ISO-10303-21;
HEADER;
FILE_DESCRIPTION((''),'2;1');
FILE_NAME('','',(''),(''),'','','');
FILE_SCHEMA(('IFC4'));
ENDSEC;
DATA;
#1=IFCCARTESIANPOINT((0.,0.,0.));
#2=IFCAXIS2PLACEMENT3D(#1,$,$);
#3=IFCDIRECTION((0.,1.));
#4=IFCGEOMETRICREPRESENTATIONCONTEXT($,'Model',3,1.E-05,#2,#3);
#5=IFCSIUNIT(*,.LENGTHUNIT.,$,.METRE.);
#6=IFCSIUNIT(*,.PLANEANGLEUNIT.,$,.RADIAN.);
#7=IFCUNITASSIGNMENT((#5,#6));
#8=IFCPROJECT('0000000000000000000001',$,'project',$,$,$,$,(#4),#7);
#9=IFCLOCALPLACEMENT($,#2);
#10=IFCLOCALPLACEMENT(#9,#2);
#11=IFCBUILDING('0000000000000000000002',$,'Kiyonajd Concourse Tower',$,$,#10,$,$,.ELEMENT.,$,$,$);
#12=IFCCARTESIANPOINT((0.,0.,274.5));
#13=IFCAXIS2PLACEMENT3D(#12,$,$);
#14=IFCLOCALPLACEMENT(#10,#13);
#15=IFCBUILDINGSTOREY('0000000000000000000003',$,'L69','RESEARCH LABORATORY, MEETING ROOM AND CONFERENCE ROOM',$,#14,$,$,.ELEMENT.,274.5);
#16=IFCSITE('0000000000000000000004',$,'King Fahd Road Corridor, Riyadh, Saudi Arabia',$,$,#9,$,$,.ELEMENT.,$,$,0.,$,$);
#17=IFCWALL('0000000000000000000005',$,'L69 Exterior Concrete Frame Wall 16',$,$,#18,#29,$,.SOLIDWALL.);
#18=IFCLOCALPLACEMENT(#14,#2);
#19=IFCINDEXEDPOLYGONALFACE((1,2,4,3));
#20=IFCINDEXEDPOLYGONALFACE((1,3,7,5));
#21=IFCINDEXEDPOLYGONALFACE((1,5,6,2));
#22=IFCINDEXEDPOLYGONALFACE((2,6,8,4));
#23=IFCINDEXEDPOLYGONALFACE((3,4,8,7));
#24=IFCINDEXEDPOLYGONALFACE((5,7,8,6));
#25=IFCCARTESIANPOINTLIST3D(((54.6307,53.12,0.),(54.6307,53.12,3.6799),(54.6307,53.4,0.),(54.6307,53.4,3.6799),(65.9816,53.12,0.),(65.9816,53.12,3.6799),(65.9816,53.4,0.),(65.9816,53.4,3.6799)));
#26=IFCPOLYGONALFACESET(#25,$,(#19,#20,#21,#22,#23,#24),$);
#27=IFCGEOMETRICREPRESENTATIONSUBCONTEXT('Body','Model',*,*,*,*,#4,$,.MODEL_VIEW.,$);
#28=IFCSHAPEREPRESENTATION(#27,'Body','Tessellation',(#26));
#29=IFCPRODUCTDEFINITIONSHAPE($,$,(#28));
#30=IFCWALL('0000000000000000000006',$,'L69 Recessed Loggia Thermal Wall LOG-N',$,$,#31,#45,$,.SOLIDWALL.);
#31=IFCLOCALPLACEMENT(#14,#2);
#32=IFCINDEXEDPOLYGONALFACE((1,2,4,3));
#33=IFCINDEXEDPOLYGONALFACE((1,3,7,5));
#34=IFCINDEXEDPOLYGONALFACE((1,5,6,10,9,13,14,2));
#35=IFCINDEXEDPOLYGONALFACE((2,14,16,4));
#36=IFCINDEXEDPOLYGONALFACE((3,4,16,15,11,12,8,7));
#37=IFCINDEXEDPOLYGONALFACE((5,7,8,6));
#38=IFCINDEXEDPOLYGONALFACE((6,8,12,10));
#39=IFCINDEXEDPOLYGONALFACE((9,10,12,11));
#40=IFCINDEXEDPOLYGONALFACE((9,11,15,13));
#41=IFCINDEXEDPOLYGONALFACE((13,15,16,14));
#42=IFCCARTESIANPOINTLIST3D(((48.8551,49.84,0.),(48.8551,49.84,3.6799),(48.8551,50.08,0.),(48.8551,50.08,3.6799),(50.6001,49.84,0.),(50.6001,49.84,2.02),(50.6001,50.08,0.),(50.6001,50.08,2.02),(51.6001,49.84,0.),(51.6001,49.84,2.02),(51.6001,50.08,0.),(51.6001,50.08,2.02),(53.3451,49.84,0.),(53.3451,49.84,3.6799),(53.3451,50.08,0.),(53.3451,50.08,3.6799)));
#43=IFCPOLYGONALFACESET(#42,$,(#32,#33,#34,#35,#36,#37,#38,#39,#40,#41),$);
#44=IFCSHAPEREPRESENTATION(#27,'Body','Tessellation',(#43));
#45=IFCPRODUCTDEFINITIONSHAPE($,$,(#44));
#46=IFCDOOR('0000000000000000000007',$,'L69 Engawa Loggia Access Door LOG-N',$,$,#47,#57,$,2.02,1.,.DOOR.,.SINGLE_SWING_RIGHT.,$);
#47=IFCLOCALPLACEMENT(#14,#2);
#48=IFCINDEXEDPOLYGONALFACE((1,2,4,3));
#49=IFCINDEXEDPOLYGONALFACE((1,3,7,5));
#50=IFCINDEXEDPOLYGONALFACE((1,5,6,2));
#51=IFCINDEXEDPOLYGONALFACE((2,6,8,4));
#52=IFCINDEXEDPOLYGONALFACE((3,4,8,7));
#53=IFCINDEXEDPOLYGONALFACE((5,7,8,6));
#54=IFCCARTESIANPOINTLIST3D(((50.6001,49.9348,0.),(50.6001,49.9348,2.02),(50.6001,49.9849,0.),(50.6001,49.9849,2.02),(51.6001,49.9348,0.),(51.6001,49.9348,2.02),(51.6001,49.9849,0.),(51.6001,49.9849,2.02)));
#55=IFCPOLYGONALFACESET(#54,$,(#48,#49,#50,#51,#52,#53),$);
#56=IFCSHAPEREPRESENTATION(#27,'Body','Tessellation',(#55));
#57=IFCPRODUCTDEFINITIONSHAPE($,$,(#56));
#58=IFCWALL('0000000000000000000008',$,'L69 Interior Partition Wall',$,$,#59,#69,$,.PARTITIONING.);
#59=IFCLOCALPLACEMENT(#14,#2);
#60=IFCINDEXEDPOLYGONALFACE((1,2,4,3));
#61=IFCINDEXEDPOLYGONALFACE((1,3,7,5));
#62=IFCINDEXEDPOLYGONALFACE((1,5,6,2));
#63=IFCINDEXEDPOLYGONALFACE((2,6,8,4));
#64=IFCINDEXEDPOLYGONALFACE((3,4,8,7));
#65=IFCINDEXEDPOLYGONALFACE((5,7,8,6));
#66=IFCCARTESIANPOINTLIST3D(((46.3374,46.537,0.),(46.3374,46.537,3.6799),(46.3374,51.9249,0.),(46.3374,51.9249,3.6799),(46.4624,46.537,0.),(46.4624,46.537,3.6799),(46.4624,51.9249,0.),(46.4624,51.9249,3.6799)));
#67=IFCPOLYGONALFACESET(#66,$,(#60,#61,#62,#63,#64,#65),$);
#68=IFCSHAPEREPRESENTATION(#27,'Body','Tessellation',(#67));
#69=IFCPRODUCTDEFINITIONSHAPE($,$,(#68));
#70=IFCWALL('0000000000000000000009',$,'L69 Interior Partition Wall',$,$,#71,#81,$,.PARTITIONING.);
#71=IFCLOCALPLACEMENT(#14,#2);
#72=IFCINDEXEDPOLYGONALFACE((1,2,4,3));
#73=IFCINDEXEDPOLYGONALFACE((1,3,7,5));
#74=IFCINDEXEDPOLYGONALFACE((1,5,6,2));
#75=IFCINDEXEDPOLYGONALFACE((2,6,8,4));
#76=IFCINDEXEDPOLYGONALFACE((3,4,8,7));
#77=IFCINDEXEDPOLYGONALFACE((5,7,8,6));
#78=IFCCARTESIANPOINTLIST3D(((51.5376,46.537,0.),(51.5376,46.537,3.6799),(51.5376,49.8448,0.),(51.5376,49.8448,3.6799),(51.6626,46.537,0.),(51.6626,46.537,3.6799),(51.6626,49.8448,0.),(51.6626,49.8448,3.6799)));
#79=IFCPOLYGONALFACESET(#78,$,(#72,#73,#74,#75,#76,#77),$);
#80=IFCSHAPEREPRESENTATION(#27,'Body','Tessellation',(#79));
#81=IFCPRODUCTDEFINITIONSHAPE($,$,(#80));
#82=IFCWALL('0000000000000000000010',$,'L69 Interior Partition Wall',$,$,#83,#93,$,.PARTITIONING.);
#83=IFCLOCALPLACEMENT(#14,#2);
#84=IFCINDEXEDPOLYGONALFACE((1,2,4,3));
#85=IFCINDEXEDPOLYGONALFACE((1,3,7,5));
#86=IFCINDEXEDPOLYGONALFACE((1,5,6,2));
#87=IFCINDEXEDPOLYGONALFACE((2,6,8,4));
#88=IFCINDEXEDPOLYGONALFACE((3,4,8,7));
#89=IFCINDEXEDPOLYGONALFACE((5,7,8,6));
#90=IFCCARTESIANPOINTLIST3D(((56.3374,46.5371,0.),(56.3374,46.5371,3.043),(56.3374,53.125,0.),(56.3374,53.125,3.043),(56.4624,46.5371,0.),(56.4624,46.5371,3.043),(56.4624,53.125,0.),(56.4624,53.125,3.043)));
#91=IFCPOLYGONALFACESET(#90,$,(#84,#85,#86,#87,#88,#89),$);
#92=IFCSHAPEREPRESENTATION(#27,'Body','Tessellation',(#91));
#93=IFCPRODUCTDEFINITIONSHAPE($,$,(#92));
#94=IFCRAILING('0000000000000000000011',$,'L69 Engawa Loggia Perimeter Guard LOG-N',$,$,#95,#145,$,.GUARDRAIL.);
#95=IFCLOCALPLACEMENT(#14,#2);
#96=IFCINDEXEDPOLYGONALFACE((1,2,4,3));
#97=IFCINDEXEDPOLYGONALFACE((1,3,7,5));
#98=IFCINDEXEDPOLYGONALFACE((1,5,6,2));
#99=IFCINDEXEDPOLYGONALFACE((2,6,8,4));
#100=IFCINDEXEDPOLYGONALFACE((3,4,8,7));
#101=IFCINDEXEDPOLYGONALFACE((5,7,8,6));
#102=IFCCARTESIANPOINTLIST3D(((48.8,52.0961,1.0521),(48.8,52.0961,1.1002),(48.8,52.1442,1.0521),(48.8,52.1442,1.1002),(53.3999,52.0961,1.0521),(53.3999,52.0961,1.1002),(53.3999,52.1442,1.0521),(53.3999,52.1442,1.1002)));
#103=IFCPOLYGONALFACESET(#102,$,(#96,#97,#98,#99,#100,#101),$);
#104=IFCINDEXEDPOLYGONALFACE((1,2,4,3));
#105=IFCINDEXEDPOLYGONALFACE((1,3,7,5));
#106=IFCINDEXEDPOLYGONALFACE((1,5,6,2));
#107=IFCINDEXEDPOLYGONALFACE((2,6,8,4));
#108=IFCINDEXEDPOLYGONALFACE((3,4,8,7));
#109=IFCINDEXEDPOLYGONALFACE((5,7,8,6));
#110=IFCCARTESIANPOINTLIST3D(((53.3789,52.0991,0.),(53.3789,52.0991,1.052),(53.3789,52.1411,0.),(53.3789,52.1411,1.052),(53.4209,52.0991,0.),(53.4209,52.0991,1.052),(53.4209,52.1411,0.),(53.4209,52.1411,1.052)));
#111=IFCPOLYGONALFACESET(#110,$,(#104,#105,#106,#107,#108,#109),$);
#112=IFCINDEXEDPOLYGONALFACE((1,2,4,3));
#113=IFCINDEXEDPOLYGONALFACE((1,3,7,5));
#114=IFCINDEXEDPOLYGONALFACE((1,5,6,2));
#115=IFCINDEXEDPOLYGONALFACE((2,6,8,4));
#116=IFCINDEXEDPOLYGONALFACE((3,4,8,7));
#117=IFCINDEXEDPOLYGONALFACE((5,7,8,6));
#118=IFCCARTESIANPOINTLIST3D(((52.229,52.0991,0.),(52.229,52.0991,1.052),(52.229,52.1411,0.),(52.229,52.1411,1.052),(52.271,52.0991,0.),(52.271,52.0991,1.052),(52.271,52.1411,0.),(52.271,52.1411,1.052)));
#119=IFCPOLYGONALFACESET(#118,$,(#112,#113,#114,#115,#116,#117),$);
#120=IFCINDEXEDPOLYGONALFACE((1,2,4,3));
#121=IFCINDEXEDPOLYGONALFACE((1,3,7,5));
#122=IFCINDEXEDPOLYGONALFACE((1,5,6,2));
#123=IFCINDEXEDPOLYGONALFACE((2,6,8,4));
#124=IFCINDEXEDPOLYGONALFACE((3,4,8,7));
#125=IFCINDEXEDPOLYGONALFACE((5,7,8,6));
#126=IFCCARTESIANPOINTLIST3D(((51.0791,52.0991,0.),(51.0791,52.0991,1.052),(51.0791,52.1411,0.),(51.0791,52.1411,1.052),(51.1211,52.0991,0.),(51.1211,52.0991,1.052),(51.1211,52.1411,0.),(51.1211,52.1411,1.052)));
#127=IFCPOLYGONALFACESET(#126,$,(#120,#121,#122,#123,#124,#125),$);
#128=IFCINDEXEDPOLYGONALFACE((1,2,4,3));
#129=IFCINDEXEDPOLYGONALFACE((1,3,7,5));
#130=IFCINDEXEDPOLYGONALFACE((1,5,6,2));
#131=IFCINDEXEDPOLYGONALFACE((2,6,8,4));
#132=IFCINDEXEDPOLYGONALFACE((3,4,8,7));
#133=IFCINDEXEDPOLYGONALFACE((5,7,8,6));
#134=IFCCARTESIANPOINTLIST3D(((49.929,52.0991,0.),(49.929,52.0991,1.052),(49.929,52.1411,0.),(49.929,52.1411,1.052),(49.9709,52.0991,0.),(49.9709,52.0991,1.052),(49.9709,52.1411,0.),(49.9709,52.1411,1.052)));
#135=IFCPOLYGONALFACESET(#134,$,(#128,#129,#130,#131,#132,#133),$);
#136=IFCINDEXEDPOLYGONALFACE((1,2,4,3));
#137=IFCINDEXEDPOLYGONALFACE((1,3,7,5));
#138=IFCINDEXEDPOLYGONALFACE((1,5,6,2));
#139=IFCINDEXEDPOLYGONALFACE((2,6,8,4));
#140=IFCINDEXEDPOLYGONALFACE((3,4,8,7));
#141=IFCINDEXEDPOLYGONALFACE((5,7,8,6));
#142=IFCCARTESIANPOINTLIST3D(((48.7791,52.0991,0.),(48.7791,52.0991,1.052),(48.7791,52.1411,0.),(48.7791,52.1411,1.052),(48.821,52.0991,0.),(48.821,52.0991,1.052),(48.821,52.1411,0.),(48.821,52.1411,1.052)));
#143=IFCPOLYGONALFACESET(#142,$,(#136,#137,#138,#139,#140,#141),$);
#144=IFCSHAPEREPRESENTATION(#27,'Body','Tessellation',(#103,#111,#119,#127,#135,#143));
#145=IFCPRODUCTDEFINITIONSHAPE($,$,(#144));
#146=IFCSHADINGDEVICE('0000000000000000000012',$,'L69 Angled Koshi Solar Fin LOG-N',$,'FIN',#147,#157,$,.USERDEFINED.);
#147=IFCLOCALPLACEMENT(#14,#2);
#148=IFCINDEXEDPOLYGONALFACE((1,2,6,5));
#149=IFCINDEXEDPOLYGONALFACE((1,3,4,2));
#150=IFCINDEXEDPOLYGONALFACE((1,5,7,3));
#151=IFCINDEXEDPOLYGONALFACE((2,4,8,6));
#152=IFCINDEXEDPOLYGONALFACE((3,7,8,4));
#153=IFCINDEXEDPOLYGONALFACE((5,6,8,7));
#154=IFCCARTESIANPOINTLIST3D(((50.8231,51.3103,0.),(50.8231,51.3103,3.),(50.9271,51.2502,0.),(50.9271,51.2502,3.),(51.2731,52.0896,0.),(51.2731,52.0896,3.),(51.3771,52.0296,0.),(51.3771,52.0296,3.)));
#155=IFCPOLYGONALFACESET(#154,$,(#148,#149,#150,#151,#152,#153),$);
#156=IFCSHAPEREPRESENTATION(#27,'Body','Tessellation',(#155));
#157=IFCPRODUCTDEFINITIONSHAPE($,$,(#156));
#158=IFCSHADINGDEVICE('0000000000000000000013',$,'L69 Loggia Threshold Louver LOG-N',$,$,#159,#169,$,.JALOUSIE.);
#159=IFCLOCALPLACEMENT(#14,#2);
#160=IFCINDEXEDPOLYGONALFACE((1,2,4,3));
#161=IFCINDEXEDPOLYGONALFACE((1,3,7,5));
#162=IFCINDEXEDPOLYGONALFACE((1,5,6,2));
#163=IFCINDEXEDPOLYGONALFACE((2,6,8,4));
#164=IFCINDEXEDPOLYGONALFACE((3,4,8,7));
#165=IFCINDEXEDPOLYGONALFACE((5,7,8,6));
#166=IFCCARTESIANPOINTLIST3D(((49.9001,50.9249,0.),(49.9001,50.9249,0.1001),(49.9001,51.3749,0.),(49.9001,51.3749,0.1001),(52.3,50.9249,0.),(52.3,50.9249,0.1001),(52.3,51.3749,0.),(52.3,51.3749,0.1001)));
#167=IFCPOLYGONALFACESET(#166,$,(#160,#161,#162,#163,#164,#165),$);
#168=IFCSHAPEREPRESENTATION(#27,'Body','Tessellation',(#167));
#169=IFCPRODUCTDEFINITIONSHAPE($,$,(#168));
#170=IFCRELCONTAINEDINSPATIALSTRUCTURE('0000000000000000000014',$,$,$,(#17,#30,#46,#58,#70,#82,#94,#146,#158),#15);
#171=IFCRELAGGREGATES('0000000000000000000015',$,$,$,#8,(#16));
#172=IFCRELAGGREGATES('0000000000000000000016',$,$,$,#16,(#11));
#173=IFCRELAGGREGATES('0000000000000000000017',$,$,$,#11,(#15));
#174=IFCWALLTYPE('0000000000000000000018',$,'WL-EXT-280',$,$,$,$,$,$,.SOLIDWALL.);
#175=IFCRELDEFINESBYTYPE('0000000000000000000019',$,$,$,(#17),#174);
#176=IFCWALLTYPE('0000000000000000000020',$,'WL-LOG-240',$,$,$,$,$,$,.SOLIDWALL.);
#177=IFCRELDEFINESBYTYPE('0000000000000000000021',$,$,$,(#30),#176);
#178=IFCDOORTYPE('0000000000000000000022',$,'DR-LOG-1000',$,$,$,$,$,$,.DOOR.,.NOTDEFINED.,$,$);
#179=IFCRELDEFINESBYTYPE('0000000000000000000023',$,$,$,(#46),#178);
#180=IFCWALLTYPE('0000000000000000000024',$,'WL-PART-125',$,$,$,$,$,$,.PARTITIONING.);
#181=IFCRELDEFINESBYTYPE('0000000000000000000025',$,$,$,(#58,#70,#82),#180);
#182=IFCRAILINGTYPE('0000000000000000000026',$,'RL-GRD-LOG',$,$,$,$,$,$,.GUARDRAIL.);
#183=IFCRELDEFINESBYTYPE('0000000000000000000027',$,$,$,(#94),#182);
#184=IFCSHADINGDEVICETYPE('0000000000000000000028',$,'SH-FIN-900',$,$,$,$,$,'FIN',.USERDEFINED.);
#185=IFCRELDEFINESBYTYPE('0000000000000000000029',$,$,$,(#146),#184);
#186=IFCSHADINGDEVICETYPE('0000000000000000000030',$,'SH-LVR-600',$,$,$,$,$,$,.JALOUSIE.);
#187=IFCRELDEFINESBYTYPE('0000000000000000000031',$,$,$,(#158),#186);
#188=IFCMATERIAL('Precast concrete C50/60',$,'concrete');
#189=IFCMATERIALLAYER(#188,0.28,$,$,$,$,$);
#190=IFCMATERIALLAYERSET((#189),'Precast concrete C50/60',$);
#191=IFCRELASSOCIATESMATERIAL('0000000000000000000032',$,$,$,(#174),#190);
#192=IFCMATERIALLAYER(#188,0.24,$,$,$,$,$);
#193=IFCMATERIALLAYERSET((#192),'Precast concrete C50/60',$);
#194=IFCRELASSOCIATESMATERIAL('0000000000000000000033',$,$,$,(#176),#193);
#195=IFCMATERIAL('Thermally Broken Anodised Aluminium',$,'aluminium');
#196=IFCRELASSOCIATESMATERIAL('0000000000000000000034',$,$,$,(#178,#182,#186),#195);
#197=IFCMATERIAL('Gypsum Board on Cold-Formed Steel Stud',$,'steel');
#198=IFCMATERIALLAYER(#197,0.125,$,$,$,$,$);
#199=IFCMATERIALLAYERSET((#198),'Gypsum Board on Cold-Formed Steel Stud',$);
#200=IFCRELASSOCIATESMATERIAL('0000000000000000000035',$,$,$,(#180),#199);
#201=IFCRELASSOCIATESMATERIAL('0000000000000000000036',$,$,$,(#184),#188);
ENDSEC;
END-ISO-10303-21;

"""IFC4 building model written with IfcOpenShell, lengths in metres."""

from ifc_helpers import new_model, si_unit, direction, frame, frame_2d, origin, origin_2d, place, context, subcontext, project, spatial, rectangle, extrude, material, layer, layer_set, type_object, element, fill, save


model = new_model("IFC4")

# Units and contexts
model_context = context("Model", 3, precision=1e-05, world=origin(), true_north=direction((0.0, 1.0)))
body_context = subcontext(model_context, "Body", "Model", "MODEL_VIEW")
ifc_project = project(units=[si_unit("LENGTHUNIT", "METRE"), si_unit("PLANEANGLEUNIT", "RADIAN")], contexts=[model_context])

# Site, building, storey
site_placement = place(None, origin())
site = spatial("IfcSite", under=ifc_project, at=site_placement, Name="King Fahd Road Corridor, Riyadh, Saudi Arabia", CompositionType="ELEMENT", RefElevation=0.0)
building_placement = place(site_placement, origin())
building = spatial("IfcBuilding", under=site, at=building_placement, Name="Kiyonajd Concourse Tower", CompositionType="ELEMENT")
storey_placement = place(building_placement, frame((0.0, 0.0, 274.5)))
storey = spatial("IfcBuildingStorey", under=building, at=storey_placement, Name="L69", Description="RESEARCH LABORATORY, MEETING ROOM AND CONFERENCE ROOM", CompositionType="ELEMENT", Elevation=274.5)

# Shared definitions
ifc_material_1 = material(Name="Thermally Broken Anodised Aluminium", Category="aluminium")

# Wall
ifc_material_2 = material(Name="Precast concrete C50/60", Category="concrete")
ifc_layer_1 = layer(ifc_material_2, 0.28)
ifc_layer_set_1 = layer_set([ifc_layer_1], Name="Precast concrete C50/60")
wall_type_1 = type_object("IfcWallType", Name="WL-EXT-280", PredefinedType="SOLIDWALL", material=ifc_layer_set_1)
wall_1_placement = place(storey_placement, frame((54.6309, 53.26, 0.0), z_axis=(0.0, 0.0, 1.0), x_axis=(1.0, 0.0, 0.0)))
element("IfcWall", 1, at=wall_1_placement, inside=storey, type_object=wall_type_1, Name="L69 Exterior Concrete Frame Wall 16", PredefinedType="SOLIDWALL", context=body_context, shape_type="SweptSolid", body=[
    extrude(rectangle(XDim=11.3508, YDim=0.28, at=frame_2d((5.6753, 0.0))), origin(), (0.0, 0.0, 1.0), 3.6799),
])

# Wall, opening, door
ifc_layer_2 = layer(ifc_material_2, 0.24)
ifc_layer_set_2 = layer_set([ifc_layer_2], Name="Precast concrete C50/60")
wall_type_2 = type_object("IfcWallType", Name="WL-LOG-240", PredefinedType="SOLIDWALL", material=ifc_layer_set_2)
wall_2_placement = place(storey_placement, frame((48.855, 49.96, 0.0), z_axis=(0.0, 0.0, 1.0), x_axis=(1.0, 0.0, 0.0)))
wall_2 = element("IfcWall", 2, at=wall_2_placement, inside=storey, type_object=wall_type_2, Name="L69 Recessed Loggia Thermal Wall LOG-N", PredefinedType="SOLIDWALL", context=body_context, shape_type="SweptSolid", body=[
    extrude(rectangle(XDim=4.49, YDim=0.24, at=frame_2d((2.2451, 0.0))), origin(), (0.0, 0.0, 1.0), 3.6799),
])
opening_placement = place(wall_2_placement, frame((1.7451, 0.0, 0.0)))
opening = element("IfcOpeningElement", 3, at=opening_placement, cuts=wall_2, PredefinedType="OPENING", context=body_context, shape_type="SweptSolid", body=[
    extrude(rectangle(XDim=1.0, YDim=2.02, at=frame_2d((0.5, 1.01))), frame((0.0, 0.1299, 0.0), z_axis=(0.0, -1.0, 0.0), x_axis=(1.0, 0.0, 0.0)), (0.0, 0.0, 1.0), 0.26),
])
door_type = type_object("IfcDoorType", Name="DR-LOG-1000", OperationType="NOTDEFINED", PredefinedType="DOOR", material=ifc_material_1)
door_placement = place(opening_placement, origin())
door = element("IfcDoor", 4, at=door_placement, inside=storey, type_object=door_type, Name="L69 Engawa Loggia Access Door LOG-N", OperationType="SINGLE_SWING_RIGHT", OverallHeight=2.02, OverallWidth=1.0, PredefinedType="DOOR", context=body_context, shape_type="SweptSolid", body=[
    extrude(rectangle(XDim=1.0, YDim=2.02, at=frame_2d((0.5, 1.01))), frame((0.0, 0.0249, 0.0), z_axis=(0.0, -1.0, 0.0), x_axis=(1.0, 0.0, 0.0)), (0.0, 0.0, 1.0), 0.05),
])
fill(opening, door)

# Walls
ifc_material_3 = material(Name="Gypsum Board on Cold-Formed Steel Stud", Category="steel")
ifc_layer_3 = layer(ifc_material_3, 0.125)
ifc_layer_set_3 = layer_set([ifc_layer_3], Name="Gypsum Board on Cold-Formed Steel Stud")
wall_type_3 = type_object("IfcWallType", Name="WL-PART-125", PredefinedType="PARTITIONING", material=ifc_layer_set_3)
wall_3_placement = place(storey_placement, frame((46.3999, 46.5371, 0.0), z_axis=(0.0, 0.0, 1.0), x_axis=(0.0, 1.0, 0.0)))
element("IfcWall", 5, at=wall_3_placement, inside=storey, type_object=wall_type_3, Name="L69 Interior Partition Wall", PredefinedType="PARTITIONING", context=body_context, shape_type="SweptSolid", body=[
    extrude(rectangle(XDim=5.3879, YDim=0.125, at=frame_2d((2.6938, 0.0))), origin(), (0.0, 0.0, 1.0), 3.6799),
])
wall_4_placement = place(storey_placement, frame((51.6001, 46.5371, 0.0), z_axis=(0.0, 0.0, 1.0), x_axis=(0.0, 1.0, 0.0)))
element("IfcWall", 6, at=wall_4_placement, inside=storey, type_object=wall_type_3, Name="L69 Interior Partition Wall", PredefinedType="PARTITIONING", context=body_context, shape_type="SweptSolid", body=[
    extrude(rectangle(XDim=3.3079, YDim=0.125, at=frame_2d((1.6538, 0.0))), origin(), (0.0, 0.0, 1.0), 3.6799),
])
wall_5_placement = place(storey_placement, frame((56.3999, 46.5371, 0.0), z_axis=(0.0, 0.0, 1.0), x_axis=(0.0, 1.0, 0.0)))
element("IfcWall", 7, at=wall_5_placement, inside=storey, type_object=wall_type_3, Name="L69 Interior Partition Wall", PredefinedType="PARTITIONING", context=body_context, shape_type="SweptSolid", body=[
    extrude(rectangle(XDim=6.5879, YDim=0.125, at=frame_2d((3.2939, 0.0))), origin(), (0.0, 0.0, 1.0), 3.043),
])

# Railing
railing_type = type_object("IfcRailingType", Name="RL-GRD-LOG", PredefinedType="GUARDRAIL", material=ifc_material_1)
railing_placement = place(storey_placement, frame((53.3999, 52.1201, 0.0)))
element("IfcRailing", 8, at=railing_placement, inside=storey, type_object=railing_type, Name="L69 Engawa Loggia Perimeter Guard LOG-N", PredefinedType="GUARDRAIL", context=body_context, shape_type="SweptSolid", body=[
    extrude(rectangle(XDim=0.0481, YDim=0.0481, at=origin_2d()), frame((0.0, 0.0, 1.0762), z_axis=(-1.0, 0.0, 0.0), x_axis=(0.0, -1.0, 0.0)), (0.0, 0.0, 1.0), 4.5999),
    extrude(rectangle(XDim=0.042, YDim=0.042, at=origin_2d()), origin(), (0.0, 0.0, 1.0), 1.052),
    extrude(rectangle(XDim=0.042, YDim=0.042, at=origin_2d()), frame((-1.1499, 0.0, 0.0)), (0.0, 0.0, 1.0), 1.052),
    extrude(rectangle(XDim=0.042, YDim=0.042, at=origin_2d()), frame((-2.2998, 0.0, 0.0)), (0.0, 0.0, 1.0), 1.052),
    extrude(rectangle(XDim=0.042, YDim=0.042, at=origin_2d()), frame((-3.45, 0.0, 0.0)), (0.0, 0.0, 1.0), 1.052),
    extrude(rectangle(XDim=0.042, YDim=0.042, at=origin_2d()), frame((-4.5999, 0.0, 0.0)), (0.0, 0.0, 1.0), 1.052),
])

# Shading devices
shading_device_type_1 = type_object("IfcShadingDeviceType", Name="SH-FIN-900", ElementType="FIN", PredefinedType="USERDEFINED", material=ifc_material_2)
shading_device_1_placement = place(storey_placement, frame((51.1001, 51.6699, 0.0), z_axis=(0.0, 0.0, 1.0), x_axis=(0.5, 0.866025, 0.0)))
element("IfcShadingDevice", 9, at=shading_device_1_placement, inside=storey, type_object=shading_device_type_1, Name="L69 Angled Koshi Solar Fin LOG-N", ObjectType="FIN", PredefinedType="USERDEFINED", context=body_context, shape_type="SweptSolid", body=[
    extrude(rectangle(XDim=0.8999, YDim=0.1201, at=origin_2d()), origin(), (0.0, 0.0, 1.0), 3.0),
])
shading_device_type_2 = type_object("IfcShadingDeviceType", Name="SH-LVR-600", PredefinedType="JALOUSIE", material=ifc_material_1)
shading_device_2_placement = place(storey_placement, frame((51.1001, 51.1499, 0.0), z_axis=(0.0, 0.0, 1.0), x_axis=(1.0, 0.0, 0.0)))
element("IfcShadingDevice", 10, at=shading_device_2_placement, inside=storey, type_object=shading_device_type_2, Name="L69 Loggia Threshold Louver LOG-N", PredefinedType="JALOUSIE", context=body_context, shape_type="SweptSolid", body=[
    extrude(rectangle(XDim=2.3999, YDim=0.45, at=origin_2d()), origin(), (0.0, 0.0, 1.0), 0.1001),
])

save(model, "model.ifc")
